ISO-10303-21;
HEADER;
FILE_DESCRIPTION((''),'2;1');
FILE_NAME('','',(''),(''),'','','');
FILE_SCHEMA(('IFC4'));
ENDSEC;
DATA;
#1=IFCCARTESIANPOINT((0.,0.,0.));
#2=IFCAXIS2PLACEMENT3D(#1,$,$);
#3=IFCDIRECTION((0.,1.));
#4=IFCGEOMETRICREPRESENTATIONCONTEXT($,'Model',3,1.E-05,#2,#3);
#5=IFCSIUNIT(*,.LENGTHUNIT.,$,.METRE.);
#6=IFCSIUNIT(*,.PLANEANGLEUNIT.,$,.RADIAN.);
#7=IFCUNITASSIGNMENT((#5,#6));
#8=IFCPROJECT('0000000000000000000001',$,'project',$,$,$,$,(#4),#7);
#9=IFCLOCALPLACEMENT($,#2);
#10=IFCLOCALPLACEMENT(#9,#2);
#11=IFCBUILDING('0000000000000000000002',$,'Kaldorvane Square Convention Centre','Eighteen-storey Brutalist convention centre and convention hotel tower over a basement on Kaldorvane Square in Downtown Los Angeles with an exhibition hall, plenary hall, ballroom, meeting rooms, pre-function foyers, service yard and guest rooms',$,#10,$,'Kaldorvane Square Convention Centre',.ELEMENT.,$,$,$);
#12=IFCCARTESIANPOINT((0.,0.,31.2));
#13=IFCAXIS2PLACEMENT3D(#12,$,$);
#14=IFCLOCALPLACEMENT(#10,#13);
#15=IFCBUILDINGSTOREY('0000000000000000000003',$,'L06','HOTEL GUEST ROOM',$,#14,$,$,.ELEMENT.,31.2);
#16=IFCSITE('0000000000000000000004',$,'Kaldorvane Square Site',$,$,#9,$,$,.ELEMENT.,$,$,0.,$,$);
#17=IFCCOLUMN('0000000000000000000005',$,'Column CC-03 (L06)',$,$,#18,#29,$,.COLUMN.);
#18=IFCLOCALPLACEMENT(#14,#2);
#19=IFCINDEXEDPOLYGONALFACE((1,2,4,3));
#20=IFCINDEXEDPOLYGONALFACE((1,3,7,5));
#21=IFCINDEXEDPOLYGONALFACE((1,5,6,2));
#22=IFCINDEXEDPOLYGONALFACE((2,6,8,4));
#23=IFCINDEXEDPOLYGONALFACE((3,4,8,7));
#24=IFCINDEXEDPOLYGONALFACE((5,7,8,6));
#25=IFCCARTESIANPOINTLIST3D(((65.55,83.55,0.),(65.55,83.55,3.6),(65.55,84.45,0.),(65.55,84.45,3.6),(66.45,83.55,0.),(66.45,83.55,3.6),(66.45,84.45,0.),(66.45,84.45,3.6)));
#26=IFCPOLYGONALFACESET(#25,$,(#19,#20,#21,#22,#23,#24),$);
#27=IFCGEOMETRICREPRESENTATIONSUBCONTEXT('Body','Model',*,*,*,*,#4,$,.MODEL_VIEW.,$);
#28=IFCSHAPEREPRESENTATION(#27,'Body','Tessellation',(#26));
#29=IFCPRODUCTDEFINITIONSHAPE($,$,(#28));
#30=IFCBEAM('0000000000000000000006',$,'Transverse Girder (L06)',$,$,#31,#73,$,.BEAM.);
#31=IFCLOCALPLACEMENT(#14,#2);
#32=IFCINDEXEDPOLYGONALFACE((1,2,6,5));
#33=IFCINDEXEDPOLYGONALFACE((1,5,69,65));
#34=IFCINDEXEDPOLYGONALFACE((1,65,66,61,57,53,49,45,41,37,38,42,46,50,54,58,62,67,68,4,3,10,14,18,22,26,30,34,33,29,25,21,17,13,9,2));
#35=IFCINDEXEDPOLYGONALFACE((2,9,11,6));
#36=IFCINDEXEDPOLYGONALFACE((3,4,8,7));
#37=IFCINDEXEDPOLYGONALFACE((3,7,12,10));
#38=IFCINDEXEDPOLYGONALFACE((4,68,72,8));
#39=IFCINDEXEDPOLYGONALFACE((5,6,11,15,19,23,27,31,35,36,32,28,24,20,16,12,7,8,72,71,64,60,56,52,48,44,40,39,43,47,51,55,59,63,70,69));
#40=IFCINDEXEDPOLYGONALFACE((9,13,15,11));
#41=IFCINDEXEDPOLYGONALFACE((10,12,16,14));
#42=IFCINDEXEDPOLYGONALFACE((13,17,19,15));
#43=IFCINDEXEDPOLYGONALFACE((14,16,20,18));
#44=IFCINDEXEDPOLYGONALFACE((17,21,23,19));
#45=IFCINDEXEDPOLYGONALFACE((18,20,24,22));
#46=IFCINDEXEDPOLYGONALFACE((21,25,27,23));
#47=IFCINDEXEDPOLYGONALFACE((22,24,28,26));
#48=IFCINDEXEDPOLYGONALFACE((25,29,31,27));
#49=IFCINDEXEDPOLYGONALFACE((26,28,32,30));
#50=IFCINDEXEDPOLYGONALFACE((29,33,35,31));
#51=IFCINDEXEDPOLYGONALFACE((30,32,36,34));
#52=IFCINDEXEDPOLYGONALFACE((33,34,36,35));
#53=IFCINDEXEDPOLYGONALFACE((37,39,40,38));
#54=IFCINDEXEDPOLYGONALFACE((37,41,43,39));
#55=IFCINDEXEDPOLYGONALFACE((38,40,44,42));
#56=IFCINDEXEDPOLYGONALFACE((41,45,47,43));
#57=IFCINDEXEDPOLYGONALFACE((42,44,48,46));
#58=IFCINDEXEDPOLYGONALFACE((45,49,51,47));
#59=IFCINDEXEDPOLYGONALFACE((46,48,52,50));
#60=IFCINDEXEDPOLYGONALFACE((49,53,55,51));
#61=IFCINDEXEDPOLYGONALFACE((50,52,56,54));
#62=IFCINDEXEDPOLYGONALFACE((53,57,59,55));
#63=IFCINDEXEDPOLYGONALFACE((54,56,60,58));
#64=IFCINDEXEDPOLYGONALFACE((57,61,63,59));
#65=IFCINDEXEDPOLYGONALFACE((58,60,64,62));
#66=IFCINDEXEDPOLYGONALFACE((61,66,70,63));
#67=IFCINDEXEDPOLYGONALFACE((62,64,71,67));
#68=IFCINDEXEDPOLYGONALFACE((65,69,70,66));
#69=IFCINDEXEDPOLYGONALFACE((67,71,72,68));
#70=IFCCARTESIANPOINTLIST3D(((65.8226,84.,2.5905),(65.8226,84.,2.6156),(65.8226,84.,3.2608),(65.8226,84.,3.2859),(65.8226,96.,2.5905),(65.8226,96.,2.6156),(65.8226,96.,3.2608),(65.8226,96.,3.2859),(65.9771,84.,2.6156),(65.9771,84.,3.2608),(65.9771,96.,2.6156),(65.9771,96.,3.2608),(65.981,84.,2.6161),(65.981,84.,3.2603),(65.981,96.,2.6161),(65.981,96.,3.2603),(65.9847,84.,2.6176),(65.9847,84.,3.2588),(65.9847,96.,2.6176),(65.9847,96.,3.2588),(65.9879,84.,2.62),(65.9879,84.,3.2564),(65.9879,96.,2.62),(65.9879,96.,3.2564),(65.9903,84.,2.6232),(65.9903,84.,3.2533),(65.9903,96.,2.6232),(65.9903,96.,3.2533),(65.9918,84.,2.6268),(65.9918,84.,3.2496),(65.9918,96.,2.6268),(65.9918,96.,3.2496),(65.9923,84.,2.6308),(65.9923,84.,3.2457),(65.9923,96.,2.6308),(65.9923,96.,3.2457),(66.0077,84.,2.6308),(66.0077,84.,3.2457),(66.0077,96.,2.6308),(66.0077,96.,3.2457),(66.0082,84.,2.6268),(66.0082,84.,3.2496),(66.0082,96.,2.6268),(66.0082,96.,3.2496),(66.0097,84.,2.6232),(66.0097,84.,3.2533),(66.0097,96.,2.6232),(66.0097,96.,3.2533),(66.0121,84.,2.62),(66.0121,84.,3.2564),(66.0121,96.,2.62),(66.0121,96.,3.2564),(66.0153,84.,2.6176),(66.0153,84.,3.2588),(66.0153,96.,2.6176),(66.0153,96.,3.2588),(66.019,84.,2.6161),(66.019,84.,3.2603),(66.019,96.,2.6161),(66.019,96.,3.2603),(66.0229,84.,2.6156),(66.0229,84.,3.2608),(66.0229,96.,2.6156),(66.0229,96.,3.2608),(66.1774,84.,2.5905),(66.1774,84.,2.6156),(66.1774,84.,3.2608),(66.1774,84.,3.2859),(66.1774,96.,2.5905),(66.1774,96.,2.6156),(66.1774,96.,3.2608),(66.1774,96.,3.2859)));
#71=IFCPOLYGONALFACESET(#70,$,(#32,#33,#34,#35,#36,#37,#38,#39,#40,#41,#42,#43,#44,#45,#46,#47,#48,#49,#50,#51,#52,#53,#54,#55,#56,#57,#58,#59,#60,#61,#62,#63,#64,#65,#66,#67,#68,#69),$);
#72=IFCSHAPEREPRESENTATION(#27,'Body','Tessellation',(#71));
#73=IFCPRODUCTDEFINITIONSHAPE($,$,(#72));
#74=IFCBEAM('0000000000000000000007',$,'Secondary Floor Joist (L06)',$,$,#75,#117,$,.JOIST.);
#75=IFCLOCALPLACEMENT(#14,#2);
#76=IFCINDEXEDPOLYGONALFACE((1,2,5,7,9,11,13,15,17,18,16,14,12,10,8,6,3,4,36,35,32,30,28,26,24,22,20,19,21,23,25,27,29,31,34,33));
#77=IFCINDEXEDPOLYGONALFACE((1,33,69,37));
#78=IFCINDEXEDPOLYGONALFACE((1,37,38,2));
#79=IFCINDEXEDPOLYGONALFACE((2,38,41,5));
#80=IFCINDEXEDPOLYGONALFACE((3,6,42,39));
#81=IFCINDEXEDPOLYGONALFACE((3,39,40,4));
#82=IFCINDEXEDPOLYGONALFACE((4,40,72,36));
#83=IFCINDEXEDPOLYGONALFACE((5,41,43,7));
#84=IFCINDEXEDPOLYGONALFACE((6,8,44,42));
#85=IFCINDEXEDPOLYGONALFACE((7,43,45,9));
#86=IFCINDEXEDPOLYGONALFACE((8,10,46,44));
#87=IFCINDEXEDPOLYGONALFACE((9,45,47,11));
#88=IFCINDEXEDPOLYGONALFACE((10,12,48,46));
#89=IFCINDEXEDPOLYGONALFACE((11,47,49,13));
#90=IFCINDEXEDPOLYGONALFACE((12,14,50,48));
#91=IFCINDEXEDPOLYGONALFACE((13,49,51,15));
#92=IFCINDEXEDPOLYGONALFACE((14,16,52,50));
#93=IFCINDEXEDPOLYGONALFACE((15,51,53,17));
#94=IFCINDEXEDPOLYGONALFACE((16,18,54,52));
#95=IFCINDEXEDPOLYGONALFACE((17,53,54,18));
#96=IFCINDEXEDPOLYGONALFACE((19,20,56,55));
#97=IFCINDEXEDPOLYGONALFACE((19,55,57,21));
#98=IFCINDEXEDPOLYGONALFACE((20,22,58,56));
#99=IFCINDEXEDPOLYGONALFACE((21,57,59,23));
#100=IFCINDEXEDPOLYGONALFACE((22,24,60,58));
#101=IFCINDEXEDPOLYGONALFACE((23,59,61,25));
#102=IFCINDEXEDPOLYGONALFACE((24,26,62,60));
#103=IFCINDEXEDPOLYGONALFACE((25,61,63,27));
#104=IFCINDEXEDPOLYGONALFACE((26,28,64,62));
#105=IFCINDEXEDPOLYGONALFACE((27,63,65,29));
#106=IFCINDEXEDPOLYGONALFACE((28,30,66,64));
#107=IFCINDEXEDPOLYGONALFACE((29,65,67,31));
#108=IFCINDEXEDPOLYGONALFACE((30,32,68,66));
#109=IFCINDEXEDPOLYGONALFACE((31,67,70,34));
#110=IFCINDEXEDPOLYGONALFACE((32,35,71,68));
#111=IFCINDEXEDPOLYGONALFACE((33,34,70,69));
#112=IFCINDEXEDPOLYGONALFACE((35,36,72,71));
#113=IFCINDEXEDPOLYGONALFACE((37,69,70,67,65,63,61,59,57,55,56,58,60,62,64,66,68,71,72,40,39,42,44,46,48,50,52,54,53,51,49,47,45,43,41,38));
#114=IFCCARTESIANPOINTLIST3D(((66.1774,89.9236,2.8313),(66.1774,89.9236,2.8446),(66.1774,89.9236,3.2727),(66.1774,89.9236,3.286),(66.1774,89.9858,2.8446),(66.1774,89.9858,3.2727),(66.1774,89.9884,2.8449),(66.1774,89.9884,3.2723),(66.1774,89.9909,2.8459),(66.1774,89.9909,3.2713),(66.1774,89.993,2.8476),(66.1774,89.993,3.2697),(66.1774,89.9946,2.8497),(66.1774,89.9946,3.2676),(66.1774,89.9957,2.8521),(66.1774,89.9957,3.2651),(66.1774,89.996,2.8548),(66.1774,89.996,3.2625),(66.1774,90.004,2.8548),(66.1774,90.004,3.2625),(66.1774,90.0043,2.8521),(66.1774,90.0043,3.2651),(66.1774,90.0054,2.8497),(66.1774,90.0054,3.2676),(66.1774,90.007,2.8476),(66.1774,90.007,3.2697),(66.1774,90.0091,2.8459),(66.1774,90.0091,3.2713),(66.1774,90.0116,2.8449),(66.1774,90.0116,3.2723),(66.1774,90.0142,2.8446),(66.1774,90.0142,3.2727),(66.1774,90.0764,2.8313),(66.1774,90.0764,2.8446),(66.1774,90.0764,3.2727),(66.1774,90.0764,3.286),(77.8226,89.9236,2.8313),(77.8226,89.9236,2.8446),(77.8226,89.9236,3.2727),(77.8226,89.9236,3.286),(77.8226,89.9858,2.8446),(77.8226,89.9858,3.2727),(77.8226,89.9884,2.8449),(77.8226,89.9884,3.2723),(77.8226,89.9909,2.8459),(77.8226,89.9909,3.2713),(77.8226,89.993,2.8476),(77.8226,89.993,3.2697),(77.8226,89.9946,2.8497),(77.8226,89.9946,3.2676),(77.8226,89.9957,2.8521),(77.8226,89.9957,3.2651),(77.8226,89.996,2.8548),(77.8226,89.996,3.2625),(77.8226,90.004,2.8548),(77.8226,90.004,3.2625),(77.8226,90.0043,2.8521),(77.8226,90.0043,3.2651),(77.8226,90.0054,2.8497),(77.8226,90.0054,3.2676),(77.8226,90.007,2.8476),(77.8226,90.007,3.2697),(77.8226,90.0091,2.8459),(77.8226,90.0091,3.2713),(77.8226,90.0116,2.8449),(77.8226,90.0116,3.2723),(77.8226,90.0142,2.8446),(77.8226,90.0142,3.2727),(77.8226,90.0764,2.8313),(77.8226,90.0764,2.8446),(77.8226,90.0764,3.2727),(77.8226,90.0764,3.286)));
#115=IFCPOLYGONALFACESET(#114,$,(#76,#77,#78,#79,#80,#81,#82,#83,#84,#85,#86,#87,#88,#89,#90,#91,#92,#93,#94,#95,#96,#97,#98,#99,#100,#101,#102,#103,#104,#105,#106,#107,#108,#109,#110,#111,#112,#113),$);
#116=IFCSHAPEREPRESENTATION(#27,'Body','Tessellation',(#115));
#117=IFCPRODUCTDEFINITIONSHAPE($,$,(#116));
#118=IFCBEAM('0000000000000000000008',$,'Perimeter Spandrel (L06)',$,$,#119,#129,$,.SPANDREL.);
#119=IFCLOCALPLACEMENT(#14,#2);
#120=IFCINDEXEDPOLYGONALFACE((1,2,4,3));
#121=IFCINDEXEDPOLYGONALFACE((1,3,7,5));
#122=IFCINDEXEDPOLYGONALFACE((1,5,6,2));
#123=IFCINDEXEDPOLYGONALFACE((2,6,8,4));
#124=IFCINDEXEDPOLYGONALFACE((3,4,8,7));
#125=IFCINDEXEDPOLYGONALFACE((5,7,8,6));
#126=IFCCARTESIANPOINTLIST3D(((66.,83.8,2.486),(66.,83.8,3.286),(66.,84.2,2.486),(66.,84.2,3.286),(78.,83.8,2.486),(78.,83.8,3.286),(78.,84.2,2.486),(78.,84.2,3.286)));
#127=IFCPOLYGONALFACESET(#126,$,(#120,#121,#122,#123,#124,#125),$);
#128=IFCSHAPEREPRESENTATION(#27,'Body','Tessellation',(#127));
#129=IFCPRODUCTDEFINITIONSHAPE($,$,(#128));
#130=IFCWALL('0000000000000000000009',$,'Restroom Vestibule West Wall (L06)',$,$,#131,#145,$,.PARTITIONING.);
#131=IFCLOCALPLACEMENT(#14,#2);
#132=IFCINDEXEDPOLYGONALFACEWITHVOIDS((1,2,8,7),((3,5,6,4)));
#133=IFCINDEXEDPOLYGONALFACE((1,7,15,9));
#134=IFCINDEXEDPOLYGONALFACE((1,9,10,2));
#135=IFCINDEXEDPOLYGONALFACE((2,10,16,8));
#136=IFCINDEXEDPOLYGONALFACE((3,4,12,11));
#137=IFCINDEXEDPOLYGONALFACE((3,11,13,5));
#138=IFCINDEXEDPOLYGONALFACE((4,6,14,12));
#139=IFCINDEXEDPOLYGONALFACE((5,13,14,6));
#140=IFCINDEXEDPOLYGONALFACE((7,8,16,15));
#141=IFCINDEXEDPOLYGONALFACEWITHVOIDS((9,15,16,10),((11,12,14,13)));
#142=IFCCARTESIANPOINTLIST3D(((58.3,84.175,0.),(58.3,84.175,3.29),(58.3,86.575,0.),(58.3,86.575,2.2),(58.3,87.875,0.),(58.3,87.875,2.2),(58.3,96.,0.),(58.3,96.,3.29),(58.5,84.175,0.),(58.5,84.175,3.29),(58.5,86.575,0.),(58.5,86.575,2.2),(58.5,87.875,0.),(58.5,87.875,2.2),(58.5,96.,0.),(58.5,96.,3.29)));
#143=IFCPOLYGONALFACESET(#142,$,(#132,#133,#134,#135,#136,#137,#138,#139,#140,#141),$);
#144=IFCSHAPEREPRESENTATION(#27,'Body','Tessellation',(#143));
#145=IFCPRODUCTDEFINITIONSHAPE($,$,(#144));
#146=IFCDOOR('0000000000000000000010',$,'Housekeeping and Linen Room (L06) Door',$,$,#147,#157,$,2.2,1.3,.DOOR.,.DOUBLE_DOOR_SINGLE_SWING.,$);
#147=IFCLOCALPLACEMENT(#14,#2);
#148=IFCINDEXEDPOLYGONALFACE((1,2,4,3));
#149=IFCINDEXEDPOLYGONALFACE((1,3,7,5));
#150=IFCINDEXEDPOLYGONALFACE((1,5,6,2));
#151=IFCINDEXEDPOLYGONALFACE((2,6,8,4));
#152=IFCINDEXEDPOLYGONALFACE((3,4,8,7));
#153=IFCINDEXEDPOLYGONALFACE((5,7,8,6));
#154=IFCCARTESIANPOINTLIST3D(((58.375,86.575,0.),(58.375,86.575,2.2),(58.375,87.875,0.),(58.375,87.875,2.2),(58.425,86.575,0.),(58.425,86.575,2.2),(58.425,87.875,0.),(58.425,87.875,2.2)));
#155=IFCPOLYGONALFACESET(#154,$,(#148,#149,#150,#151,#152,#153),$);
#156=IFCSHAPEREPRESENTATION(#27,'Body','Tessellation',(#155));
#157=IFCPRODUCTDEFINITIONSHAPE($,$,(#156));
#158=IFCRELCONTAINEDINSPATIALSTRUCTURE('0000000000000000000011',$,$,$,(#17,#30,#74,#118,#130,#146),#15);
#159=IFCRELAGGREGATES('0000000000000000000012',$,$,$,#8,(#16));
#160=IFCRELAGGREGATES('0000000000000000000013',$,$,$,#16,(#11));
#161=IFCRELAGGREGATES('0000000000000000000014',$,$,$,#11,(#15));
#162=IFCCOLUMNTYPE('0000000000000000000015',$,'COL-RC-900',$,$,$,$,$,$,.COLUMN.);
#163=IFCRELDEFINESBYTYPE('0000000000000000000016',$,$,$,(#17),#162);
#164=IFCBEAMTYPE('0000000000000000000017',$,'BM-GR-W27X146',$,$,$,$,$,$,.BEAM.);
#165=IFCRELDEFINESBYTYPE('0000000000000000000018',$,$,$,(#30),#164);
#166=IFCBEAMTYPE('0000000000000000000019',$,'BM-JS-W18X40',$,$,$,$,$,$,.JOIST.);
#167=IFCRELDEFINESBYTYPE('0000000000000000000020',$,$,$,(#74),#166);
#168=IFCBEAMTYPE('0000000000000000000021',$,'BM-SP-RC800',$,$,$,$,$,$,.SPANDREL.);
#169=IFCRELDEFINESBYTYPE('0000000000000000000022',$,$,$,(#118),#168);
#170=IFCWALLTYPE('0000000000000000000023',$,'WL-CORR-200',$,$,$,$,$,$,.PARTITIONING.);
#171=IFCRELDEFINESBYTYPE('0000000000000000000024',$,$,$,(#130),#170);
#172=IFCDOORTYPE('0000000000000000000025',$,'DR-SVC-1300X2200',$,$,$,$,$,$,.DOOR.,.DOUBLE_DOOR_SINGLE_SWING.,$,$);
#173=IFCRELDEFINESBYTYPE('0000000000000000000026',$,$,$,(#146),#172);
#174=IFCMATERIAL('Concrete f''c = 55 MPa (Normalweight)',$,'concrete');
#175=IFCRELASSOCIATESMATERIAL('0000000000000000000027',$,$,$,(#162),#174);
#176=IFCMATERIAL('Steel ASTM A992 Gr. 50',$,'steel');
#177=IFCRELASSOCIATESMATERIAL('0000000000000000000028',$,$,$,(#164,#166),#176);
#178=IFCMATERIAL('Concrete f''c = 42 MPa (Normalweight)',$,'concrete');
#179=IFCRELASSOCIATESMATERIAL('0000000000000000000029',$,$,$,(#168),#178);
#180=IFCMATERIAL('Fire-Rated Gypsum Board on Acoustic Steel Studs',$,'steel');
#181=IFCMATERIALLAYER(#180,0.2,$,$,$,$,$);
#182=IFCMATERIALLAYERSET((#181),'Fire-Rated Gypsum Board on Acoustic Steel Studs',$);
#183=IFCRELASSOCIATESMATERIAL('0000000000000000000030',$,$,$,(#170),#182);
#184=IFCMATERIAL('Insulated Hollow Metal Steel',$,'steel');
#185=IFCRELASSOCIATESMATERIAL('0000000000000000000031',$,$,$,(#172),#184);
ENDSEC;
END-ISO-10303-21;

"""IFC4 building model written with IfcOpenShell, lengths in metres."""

from ifc_helpers import new_model, si_unit, direction, frame, frame_2d, origin, origin_2d, place, context, subcontext, project, spatial, rectangle, i_section, extrude, material, layer, layer_set, material_profile, profile_set, type_object, element, fill, save


model = new_model("IFC4")

# Units and contexts
model_context = context("Model", 3, precision=1e-05, world=origin(), true_north=direction((0.0, 1.0)))
body_context = subcontext(model_context, "Body", "Model", "MODEL_VIEW")
ifc_project = project(units=[si_unit("LENGTHUNIT", "METRE"), si_unit("PLANEANGLEUNIT", "RADIAN")], contexts=[model_context])

# Site, building, storey
site_placement = place(None, origin())
site = spatial("IfcSite", under=ifc_project, at=site_placement, Name="Kaldorvane Square Site", CompositionType="ELEMENT", RefElevation=0.0)
building_placement = place(site_placement, origin())
building = spatial("IfcBuilding", under=site, at=building_placement, Name="Kaldorvane Square Convention Centre", Description="Eighteen-storey Brutalist convention centre and convention hotel tower over a basement on Kaldorvane Square in Downtown Los Angeles with an exhibition hall, plenary hall, ballroom, meeting rooms, pre-function foyers, service yard and guest rooms", LongName="Kaldorvane Square Convention Centre", CompositionType="ELEMENT")
storey_placement = place(building_placement, frame((0.0, 0.0, 31.2)))
storey = spatial("IfcBuildingStorey", under=building, at=storey_placement, Name="L06", Description="HOTEL GUEST ROOM", CompositionType="ELEMENT", Elevation=31.2)

# Column
ifc_material_1 = material(Name="Concrete f'c = 55 MPa (Normalweight)", Category="concrete")
ifc_material_profile_1 = material_profile(ifc_material_1, rectangle(XDim=0.9, YDim=0.9, at=origin_2d()), Name="RC900X900")
ifc_profile_set_1 = profile_set([ifc_material_profile_1], Name="Concrete f'c = 55 MPa (Normalweight)")
column_type = type_object("IfcColumnType", Name="COL-RC-900", PredefinedType="COLUMN", material=ifc_profile_set_1)
column_placement = place(storey_placement, frame((66.0, 84.0, 0.0), z_axis=(0.0, 0.0, 1.0), x_axis=(1.0, 0.0, 0.0)))
element("IfcColumn", 1, at=column_placement, inside=storey, type_object=column_type, Name="Column CC-03 (L06)", PredefinedType="COLUMN", context=body_context, shape_type="SweptSolid", body=[
    extrude(rectangle(XDim=0.9, YDim=0.9, at=origin_2d()), origin(), (0.0, 0.0, 1.0), 3.6),
])

# Beams
ifc_material_2 = material(Name="Steel ASTM A992 Gr. 50", Category="steel")
ifc_material_profile_2 = material_profile(ifc_material_2, i_section(OverallWidth=0.3547, OverallDepth=0.6955, WebThickness=0.0154, FlangeThickness=0.0251, FilletRadius=0.0152, at=origin_2d()), Name="W27X146")
ifc_profile_set_2 = profile_set([ifc_material_profile_2], Name="Steel ASTM A992 Gr. 50")
beam_type_1 = type_object("IfcBeamType", Name="BM-GR-W27X146", PredefinedType="BEAM", material=ifc_profile_set_2)
beam_1_placement = place(storey_placement, frame((66.0, 84.0, 2.9382), z_axis=(0.0, 1.0, 0.0), x_axis=(-1.0, 0.0, 0.0)))
element("IfcBeam", 2, at=beam_1_placement, inside=storey, type_object=beam_type_1, Name="Transverse Girder (L06)", PredefinedType="BEAM", context=body_context, shape_type="SweptSolid", body=[
    extrude(i_section(OverallWidth=0.3547, OverallDepth=0.6955, WebThickness=0.0154, FlangeThickness=0.0251, FilletRadius=0.0152, at=origin_2d()), origin(), (0.0, 0.0, 1.0), 12.0),
])
ifc_material_profile_3 = material_profile(ifc_material_2, i_section(OverallWidth=0.1528, OverallDepth=0.4547, WebThickness=0.008, FlangeThickness=0.0133, FilletRadius=0.0102, at=origin_2d()), Name="W18X40")
ifc_profile_set_3 = profile_set([ifc_material_profile_3], Name="Steel ASTM A992 Gr. 50")
beam_type_2 = type_object("IfcBeamType", Name="BM-JS-W18X40", PredefinedType="JOIST", material=ifc_profile_set_3)
beam_2_placement = place(storey_placement, frame((66.1774, 90.0, 3.0586), z_axis=(1.0, 0.0, 0.0), x_axis=(0.0, 1.0, 0.0)))
element("IfcBeam", 3, at=beam_2_placement, inside=storey, type_object=beam_type_2, Name="Secondary Floor Joist (L06)", PredefinedType="JOIST", context=body_context, shape_type="SweptSolid", body=[
    extrude(i_section(OverallWidth=0.1528, OverallDepth=0.4547, WebThickness=0.008, FlangeThickness=0.0133, FilletRadius=0.0102, at=origin_2d()), origin(), (0.0, 0.0, 1.0), 11.6452),
])
ifc_material_3 = material(Name="Concrete f'c = 42 MPa (Normalweight)", Category="concrete")
ifc_material_profile_4 = material_profile(ifc_material_3, rectangle(XDim=0.4, YDim=0.8, at=origin_2d()), Name="RCSP800X400")
ifc_profile_set_4 = profile_set([ifc_material_profile_4], Name="Concrete f'c = 42 MPa (Normalweight)")
beam_type_3 = type_object("IfcBeamType", Name="BM-SP-RC800", PredefinedType="SPANDREL", material=ifc_profile_set_4)
beam_3_placement = place(storey_placement, frame((66.0, 84.0, 2.886), z_axis=(1.0, 0.0, 0.0), x_axis=(0.0, 1.0, 0.0)))
element("IfcBeam", 4, at=beam_3_placement, inside=storey, type_object=beam_type_3, Name="Perimeter Spandrel (L06)", PredefinedType="SPANDREL", context=body_context, shape_type="SweptSolid", body=[
    extrude(rectangle(XDim=0.4, YDim=0.8, at=origin_2d()), origin(), (0.0, 0.0, 1.0), 12.0),
])

# Wall, opening, door
ifc_material_4 = material(Name="Fire-Rated Gypsum Board on Acoustic Steel Studs", Category="steel")
ifc_layer_1 = layer(ifc_material_4, 0.2)
ifc_layer_set_1 = layer_set([ifc_layer_1], Name="Fire-Rated Gypsum Board on Acoustic Steel Studs")
wall_type_1 = type_object("IfcWallType", Name="WL-CORR-200", PredefinedType="PARTITIONING", material=ifc_layer_set_1)
wall_1_placement = place(storey_placement, frame((58.4, 84.175, 0.0), z_axis=(0.0, 0.0, 1.0), x_axis=(0.0, 1.0, 0.0)))
wall_1 = element("IfcWall", 5, at=wall_1_placement, inside=storey, type_object=wall_type_1, Name="Restroom Vestibule West Wall (L06)", PredefinedType="PARTITIONING", context=body_context, shape_type="SweptSolid", body=[
    extrude(rectangle(XDim=11.825, YDim=0.2, at=frame_2d((5.9125, 0.0))), origin(), (0.0, 0.0, 1.0), 3.29),
])
opening_1_placement = place(wall_1_placement, frame((2.4, 0.0, 0.0)))
opening_1 = element("IfcOpeningElement", 6, at=opening_1_placement, cuts=wall_1, PredefinedType="OPENING", context=body_context, shape_type="SweptSolid", body=[
    extrude(rectangle(XDim=1.3, YDim=2.2, at=frame_2d((0.65, 1.1))), frame((0.0, 0.115, 0.0), z_axis=(0.0, -1.0, 0.0), x_axis=(1.0, 0.0, 0.0)), (0.0, 0.0, 1.0), 0.23),
])
ifc_material_5 = material(Name="Insulated Hollow Metal Steel", Category="steel")
door_type_1 = type_object("IfcDoorType", Name="DR-SVC-1300X2200", OperationType="DOUBLE_DOOR_SINGLE_SWING", PredefinedType="DOOR", material=ifc_material_5)
door_1_placement = place(opening_1_placement, origin())
door_1 = element("IfcDoor", 7, at=door_1_placement, inside=storey, type_object=door_type_1, Name="Housekeeping and Linen Room (L06) Door", OperationType="DOUBLE_DOOR_SINGLE_SWING", OverallHeight=2.2, OverallWidth=1.3, PredefinedType="DOOR", context=body_context, shape_type="SweptSolid", body=[
    extrude(rectangle(XDim=1.3, YDim=2.2, at=frame_2d((0.65, 1.1))), frame((0.0, 0.025, 0.0), z_axis=(0.0, -1.0, 0.0), x_axis=(1.0, 0.0, 0.0)), (0.0, 0.0, 1.0), 0.05),
])
fill(opening_1, door_1)

save(model, "model.ifc")
